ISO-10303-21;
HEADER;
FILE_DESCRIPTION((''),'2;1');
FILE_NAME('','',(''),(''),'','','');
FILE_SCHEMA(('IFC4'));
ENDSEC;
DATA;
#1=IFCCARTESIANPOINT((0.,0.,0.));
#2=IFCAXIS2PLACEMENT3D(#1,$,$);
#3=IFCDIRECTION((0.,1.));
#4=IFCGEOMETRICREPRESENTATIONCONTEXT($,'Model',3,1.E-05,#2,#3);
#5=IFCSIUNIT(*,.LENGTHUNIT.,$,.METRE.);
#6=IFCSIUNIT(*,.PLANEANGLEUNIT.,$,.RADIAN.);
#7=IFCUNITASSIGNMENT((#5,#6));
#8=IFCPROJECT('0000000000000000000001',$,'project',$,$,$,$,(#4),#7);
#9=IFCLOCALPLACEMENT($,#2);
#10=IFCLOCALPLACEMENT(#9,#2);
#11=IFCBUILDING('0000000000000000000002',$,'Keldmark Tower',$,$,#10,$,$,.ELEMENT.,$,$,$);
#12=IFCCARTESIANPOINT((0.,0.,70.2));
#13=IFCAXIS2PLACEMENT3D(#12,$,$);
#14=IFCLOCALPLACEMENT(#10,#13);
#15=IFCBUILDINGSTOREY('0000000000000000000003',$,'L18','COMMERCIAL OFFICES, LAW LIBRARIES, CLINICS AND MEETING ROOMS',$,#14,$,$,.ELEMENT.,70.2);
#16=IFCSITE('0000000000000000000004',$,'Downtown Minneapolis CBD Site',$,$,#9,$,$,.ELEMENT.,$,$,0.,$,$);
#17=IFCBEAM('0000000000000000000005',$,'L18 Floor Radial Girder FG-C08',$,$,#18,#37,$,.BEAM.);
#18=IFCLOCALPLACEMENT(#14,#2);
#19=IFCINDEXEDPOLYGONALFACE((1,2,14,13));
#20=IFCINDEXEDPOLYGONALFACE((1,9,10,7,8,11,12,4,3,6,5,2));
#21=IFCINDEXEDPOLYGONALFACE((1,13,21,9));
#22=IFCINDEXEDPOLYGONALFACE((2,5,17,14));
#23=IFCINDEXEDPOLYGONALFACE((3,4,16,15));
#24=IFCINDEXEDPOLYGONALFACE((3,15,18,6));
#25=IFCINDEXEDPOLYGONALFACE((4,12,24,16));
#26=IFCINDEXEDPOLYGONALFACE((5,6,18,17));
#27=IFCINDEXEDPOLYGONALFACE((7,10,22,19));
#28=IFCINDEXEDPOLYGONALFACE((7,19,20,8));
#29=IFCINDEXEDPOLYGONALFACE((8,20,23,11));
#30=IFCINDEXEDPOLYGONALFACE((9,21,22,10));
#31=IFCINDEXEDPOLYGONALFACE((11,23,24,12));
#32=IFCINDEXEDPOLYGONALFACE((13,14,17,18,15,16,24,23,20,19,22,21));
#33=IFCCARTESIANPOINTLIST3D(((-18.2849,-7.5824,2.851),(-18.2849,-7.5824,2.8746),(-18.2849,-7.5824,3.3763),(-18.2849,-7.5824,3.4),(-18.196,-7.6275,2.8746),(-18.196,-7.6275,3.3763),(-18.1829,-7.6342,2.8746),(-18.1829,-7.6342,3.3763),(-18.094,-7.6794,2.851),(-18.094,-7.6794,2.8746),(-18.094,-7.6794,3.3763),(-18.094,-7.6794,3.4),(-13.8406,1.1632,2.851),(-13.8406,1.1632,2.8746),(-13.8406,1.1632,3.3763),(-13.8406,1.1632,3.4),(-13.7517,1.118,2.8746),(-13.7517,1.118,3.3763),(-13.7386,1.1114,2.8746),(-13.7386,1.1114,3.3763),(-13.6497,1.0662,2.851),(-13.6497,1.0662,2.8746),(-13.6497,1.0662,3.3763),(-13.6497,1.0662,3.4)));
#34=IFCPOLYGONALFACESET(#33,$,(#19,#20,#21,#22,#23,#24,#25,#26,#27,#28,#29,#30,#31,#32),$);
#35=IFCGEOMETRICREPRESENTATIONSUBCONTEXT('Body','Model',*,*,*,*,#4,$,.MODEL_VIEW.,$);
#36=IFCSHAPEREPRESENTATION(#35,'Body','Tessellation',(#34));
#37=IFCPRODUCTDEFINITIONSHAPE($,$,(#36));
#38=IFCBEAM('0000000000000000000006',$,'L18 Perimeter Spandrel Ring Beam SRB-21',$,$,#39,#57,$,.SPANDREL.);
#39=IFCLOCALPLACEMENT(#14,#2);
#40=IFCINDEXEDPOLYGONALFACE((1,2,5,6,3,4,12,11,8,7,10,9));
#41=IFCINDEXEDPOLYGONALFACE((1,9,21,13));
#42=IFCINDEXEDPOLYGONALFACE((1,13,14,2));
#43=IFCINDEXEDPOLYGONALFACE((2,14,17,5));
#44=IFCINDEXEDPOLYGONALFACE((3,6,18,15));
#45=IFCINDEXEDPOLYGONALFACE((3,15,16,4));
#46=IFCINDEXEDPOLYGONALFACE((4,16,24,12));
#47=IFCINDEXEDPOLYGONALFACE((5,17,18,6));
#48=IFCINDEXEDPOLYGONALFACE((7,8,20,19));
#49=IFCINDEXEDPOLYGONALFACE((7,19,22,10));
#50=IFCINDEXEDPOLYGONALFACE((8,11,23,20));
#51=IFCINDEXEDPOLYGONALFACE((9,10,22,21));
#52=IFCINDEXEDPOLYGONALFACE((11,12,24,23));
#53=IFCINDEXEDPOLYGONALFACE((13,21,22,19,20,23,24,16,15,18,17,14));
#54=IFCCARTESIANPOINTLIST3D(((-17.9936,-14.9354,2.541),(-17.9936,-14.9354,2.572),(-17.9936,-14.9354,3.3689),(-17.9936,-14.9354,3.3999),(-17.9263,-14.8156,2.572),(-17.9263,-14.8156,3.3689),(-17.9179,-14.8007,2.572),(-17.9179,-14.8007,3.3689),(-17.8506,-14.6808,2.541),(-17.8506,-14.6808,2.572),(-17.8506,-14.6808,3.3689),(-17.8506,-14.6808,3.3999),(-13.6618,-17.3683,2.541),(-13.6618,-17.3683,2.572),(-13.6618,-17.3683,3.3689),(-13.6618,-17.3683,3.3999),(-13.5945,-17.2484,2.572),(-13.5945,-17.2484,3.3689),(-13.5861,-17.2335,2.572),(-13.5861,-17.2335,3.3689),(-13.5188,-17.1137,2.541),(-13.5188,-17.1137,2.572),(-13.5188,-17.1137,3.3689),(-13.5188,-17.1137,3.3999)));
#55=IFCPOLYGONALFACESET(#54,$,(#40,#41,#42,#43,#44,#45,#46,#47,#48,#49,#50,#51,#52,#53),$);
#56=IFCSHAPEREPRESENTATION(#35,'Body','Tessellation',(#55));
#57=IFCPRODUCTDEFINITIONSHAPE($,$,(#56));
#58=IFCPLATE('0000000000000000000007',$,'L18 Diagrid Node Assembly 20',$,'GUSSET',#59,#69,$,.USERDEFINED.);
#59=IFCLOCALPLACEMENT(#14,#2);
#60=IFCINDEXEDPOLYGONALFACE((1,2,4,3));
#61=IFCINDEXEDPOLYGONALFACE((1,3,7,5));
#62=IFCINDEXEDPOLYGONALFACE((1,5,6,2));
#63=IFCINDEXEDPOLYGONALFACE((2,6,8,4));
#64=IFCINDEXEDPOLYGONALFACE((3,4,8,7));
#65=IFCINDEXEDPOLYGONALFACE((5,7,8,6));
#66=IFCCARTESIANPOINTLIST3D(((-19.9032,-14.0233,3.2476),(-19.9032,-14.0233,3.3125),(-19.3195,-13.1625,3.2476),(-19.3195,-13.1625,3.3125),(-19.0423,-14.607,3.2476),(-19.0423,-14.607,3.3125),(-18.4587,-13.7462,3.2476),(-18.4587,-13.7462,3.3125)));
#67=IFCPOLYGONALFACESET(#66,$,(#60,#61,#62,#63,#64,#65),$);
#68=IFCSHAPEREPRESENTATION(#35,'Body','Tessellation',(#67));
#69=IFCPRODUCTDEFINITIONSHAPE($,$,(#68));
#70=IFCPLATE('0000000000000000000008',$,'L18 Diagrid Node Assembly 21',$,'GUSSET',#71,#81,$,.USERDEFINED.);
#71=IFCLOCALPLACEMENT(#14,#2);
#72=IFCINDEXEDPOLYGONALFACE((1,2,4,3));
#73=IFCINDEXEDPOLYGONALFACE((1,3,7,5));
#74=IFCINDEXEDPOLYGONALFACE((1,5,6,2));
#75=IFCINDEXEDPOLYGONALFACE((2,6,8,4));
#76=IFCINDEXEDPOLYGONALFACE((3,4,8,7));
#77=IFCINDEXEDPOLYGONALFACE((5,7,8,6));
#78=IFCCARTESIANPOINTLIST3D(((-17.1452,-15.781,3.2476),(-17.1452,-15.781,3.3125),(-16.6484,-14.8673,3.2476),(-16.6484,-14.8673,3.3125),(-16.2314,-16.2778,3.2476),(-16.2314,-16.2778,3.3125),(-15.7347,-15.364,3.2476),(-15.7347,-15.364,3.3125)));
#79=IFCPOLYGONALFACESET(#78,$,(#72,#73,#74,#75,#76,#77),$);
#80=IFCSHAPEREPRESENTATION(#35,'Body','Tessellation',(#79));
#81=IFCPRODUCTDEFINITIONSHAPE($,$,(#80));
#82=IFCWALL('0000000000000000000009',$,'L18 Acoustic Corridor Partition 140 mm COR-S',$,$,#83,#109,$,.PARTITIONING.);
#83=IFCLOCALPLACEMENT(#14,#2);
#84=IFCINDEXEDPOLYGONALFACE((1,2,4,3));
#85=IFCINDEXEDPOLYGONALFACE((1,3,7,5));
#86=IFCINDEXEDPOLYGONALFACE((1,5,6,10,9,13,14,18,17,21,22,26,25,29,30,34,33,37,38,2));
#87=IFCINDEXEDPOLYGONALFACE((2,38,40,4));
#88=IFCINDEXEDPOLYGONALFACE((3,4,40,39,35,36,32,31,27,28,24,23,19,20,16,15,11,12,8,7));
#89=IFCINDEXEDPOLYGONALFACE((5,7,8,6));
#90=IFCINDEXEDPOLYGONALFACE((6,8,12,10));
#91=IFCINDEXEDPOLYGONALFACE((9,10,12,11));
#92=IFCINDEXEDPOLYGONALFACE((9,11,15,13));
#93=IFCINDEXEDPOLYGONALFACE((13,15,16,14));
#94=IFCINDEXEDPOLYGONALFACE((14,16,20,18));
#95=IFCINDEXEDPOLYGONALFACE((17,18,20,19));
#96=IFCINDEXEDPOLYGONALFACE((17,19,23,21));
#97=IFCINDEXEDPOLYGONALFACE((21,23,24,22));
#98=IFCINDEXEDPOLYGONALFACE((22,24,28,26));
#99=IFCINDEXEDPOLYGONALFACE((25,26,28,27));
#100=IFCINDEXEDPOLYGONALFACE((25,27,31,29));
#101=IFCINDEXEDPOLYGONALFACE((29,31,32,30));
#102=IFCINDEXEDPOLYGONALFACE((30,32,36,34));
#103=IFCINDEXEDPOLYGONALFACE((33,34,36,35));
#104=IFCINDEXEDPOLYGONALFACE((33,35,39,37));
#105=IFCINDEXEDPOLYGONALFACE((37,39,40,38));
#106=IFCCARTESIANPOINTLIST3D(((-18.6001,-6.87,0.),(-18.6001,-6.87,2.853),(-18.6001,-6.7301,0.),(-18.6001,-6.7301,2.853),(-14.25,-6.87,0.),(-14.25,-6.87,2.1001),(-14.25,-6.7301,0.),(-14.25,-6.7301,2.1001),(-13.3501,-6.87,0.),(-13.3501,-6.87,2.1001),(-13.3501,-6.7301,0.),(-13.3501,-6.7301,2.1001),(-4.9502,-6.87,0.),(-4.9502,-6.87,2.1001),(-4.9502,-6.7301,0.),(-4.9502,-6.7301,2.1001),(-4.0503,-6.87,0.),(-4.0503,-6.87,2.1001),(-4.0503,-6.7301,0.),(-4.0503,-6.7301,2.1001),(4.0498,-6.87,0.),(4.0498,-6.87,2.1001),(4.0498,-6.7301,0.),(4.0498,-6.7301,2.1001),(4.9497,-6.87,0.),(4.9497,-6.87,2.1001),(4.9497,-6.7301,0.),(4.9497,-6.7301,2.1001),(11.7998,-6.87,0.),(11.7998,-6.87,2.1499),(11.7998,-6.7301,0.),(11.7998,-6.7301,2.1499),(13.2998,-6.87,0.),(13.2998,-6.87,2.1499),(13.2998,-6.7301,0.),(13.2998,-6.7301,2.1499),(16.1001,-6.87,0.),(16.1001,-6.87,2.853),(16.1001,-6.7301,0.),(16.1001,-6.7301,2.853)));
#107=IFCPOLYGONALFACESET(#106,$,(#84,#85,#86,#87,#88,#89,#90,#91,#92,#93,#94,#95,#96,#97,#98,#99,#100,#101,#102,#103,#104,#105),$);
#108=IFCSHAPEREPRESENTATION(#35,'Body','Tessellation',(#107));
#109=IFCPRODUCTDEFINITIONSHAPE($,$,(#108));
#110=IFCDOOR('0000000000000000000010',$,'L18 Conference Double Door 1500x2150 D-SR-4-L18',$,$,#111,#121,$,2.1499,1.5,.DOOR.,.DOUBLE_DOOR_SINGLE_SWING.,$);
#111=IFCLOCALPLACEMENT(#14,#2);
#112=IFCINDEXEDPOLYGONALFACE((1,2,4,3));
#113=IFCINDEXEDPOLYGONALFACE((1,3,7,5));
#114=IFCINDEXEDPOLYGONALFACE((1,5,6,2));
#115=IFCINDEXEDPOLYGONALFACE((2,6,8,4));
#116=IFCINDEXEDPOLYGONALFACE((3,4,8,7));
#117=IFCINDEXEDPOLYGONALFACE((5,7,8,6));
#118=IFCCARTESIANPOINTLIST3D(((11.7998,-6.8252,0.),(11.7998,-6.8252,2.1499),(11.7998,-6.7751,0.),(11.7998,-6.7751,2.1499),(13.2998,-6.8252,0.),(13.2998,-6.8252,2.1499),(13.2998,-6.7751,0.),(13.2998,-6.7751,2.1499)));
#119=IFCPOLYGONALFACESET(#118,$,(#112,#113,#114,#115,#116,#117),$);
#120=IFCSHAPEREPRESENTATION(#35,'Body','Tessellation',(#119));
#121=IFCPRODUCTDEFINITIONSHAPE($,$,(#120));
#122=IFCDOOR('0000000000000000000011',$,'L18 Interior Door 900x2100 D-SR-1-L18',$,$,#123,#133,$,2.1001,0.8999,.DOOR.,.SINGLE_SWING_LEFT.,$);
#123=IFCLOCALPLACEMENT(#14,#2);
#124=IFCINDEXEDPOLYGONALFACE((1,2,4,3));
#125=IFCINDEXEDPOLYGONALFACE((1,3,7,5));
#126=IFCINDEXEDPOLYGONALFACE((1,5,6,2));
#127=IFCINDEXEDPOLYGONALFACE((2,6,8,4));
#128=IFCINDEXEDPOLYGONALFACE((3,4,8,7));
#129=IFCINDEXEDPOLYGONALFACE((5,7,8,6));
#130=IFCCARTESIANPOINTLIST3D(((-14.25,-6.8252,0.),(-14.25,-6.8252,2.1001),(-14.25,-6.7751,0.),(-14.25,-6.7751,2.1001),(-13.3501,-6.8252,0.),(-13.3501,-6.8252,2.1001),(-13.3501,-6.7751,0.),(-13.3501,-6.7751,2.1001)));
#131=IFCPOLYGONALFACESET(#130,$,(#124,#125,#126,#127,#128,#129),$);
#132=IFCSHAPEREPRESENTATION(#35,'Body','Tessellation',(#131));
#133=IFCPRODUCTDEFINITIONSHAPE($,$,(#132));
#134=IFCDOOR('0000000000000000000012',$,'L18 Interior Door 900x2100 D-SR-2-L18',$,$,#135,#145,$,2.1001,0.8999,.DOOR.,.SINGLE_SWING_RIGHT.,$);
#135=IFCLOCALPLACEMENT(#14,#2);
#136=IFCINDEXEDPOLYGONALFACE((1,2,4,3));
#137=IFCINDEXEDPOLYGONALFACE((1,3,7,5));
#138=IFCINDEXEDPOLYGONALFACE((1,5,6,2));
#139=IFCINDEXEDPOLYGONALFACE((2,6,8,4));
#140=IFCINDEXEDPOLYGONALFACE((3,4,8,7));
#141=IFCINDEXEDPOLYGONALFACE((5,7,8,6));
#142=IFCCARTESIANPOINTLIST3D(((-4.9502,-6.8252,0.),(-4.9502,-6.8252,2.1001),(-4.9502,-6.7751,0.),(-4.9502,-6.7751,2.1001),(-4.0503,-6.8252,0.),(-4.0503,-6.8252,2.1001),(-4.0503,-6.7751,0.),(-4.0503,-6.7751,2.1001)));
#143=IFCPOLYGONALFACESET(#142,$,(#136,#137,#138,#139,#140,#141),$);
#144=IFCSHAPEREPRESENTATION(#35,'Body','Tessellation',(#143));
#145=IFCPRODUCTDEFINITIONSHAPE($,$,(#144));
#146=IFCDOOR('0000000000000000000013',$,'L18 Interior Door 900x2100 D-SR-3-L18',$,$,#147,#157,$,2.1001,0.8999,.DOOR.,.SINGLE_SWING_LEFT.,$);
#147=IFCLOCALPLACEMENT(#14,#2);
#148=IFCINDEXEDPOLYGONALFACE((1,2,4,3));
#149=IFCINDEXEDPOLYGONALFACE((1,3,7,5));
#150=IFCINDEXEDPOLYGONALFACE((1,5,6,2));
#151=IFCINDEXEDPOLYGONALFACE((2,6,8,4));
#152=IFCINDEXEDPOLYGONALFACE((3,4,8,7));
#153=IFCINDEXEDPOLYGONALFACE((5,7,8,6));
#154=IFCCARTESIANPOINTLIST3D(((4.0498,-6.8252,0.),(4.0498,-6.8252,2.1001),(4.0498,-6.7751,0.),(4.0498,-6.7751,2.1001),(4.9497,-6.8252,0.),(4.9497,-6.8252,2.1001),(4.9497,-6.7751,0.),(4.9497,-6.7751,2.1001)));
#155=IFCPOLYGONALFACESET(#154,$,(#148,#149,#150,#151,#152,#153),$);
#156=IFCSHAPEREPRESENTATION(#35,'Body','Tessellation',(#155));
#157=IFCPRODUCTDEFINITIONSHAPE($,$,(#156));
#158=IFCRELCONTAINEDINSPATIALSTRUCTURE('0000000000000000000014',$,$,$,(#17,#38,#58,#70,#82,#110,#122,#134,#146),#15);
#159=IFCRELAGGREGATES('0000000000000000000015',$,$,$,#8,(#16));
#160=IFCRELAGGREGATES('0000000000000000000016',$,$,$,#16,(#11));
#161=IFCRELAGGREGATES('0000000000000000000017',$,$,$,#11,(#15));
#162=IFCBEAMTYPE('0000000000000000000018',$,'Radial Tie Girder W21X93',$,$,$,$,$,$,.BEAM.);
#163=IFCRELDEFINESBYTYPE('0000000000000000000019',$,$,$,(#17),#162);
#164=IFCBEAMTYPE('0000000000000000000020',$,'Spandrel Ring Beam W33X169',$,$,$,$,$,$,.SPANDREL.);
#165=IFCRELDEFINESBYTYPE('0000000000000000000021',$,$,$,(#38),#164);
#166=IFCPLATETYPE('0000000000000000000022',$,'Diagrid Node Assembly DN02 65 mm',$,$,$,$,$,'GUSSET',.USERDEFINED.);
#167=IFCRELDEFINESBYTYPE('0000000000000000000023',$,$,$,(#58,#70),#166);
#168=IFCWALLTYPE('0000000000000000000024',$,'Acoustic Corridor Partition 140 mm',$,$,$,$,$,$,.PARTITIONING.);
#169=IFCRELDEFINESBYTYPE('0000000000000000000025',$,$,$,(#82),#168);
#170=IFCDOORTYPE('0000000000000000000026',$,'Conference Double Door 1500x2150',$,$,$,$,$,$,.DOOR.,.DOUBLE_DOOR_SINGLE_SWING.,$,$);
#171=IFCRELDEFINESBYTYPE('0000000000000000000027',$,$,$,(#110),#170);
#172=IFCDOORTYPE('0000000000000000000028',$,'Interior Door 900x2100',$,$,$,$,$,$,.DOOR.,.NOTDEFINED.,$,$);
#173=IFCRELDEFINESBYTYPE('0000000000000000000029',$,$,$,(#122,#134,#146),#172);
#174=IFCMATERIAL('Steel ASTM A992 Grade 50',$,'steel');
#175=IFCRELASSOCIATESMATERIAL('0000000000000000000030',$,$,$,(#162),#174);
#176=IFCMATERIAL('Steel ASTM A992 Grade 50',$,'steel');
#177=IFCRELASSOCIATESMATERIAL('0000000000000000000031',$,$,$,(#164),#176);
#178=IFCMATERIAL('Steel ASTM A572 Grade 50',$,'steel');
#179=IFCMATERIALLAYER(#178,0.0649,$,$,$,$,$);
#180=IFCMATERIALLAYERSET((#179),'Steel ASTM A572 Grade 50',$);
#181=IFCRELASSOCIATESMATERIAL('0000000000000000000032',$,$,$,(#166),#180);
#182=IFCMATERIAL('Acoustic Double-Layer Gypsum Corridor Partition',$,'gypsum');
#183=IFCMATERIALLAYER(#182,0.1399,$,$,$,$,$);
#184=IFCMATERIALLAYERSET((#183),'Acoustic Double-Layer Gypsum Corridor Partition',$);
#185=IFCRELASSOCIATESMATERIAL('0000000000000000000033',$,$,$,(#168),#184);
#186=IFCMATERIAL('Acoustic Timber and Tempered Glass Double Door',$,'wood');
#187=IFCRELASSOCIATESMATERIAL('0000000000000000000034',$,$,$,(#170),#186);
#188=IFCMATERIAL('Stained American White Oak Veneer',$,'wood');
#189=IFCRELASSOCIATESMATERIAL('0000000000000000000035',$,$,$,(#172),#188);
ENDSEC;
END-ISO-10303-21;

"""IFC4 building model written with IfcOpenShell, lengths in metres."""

from ifc_helpers import new_model, si_unit, direction, frame, frame_2d, origin, origin_2d, place, context, subcontext, project, spatial, rectangle, i_section, extrude, material, layer, layer_set, material_profile, profile_set, type_object, element, fill, save


model = new_model("IFC4")

# Units and contexts
model_context = context("Model", 3, precision=1e-05, world=origin(), true_north=direction((0.0, 1.0)))
body_context = subcontext(model_context, "Body", "Model", "MODEL_VIEW")
ifc_project = project(units=[si_unit("LENGTHUNIT", "METRE"), si_unit("PLANEANGLEUNIT", "RADIAN")], contexts=[model_context])

# Site, building, storey
site_placement = place(None, origin())
site = spatial("IfcSite", under=ifc_project, at=site_placement, Name="Downtown Minneapolis CBD Site", CompositionType="ELEMENT", RefElevation=0.0)
building_placement = place(site_placement, origin())
building = spatial("IfcBuilding", under=site, at=building_placement, Name="Keldmark Tower", CompositionType="ELEMENT")
storey_placement = place(building_placement, frame((0.0, 0.0, 70.2)))
storey = spatial("IfcBuildingStorey", under=building, at=storey_placement, Name="L18", Description="COMMERCIAL OFFICES, LAW LIBRARIES, CLINICS AND MEETING ROOMS", CompositionType="ELEMENT", Elevation=70.2)

# Beams
ifc_material_1 = material(Name="Steel ASTM A992 Grade 50", Category="steel")
ifc_material_profile_1 = material_profile(ifc_material_1, i_section(OverallWidth=0.2141, OverallDepth=0.5491, WebThickness=0.0146, FlangeThickness=0.0237, at=origin_2d()), Name="W21X93")
ifc_profile_set_1 = profile_set([ifc_material_profile_1], Name="Steel ASTM A992 Grade 50")
beam_type_1 = type_object("IfcBeamType", Name="Radial Tie Girder W21X93", PredefinedType="BEAM", material=ifc_profile_set_1)
beam_1_placement = place(storey_placement, frame((-18.1895, -7.6309, 3.1255), z_axis=(0.453038, 0.891491, 0.0), x_axis=(-0.891491, 0.453038, 0.0)))
element("IfcBeam", 1, at=beam_1_placement, inside=storey, type_object=beam_type_1, Name="L18 Floor Radial Girder FG-C08", PredefinedType="BEAM", context=body_context, shape_type="SweptSolid", body=[
    extrude(i_section(OverallWidth=0.2141, OverallDepth=0.5491, WebThickness=0.0146, FlangeThickness=0.0237, at=origin_2d()), origin(), (0.0, 0.0, 1.0), 9.8101),
])
ifc_material_2 = material(Name="Steel ASTM A992 Grade 50", Category="steel")
ifc_material_profile_2 = material_profile(ifc_material_2, i_section(OverallWidth=0.292, OverallDepth=0.8589, WebThickness=0.0171, FlangeThickness=0.031, at=origin_2d()), Name="W33X169")
ifc_profile_set_2 = profile_set([ifc_material_profile_2], Name="Steel ASTM A992 Grade 50")
beam_type_2 = type_object("IfcBeamType", Name="Spandrel Ring Beam W33X169", PredefinedType="SPANDREL", material=ifc_profile_set_2)
beam_2_placement = place(storey_placement, frame((-17.9221, -14.8081, 2.9705), z_axis=(0.871899, -0.489685, 0.0), x_axis=(0.489685, 0.871899, 0.0)))
element("IfcBeam", 2, at=beam_2_placement, inside=storey, type_object=beam_type_2, Name="L18 Perimeter Spandrel Ring Beam SRB-21", PredefinedType="SPANDREL", context=body_context, shape_type="SweptSolid", body=[
    extrude(i_section(OverallWidth=0.292, OverallDepth=0.8589, WebThickness=0.0171, FlangeThickness=0.031, at=origin_2d()), origin(), (0.0, 0.0, 1.0), 4.9683),
])

# Plates
ifc_material_3 = material(Name="Steel ASTM A572 Grade 50", Category="steel")
ifc_layer_1 = layer(ifc_material_3, 0.0649)
ifc_layer_set_1 = layer_set([ifc_layer_1], Name="Steel ASTM A572 Grade 50")
plate_type = type_object("IfcPlateType", Name="Diagrid Node Assembly DN02 65 mm", ElementType="GUSSET", PredefinedType="USERDEFINED", material=ifc_layer_set_1)
for number, where, z_axis, x_axis, name in (
    (3, (-19.1809, -13.8848, 3.2476), (0.0, 0.0, 1.0), (0.827669, -0.561217, 0.0), "L18 Diagrid Node Assembly 20"),
    (4, (-16.4399, -15.5725, 3.2476), (0.0, 0.0, 1.0), (0.878567, -0.477619, 0.0), "L18 Diagrid Node Assembly 21"),
):
    element("IfcPlate", number, at=place(storey_placement, frame(where, z_axis=z_axis, x_axis=x_axis)), inside=storey, type_object=plate_type, Name=name, ObjectType="GUSSET", PredefinedType="USERDEFINED", context=body_context, shape_type="SweptSolid", body=[
        extrude(rectangle(XDim=1.04, YDim=1.04, at=origin_2d()), origin(), (0.0, 0.0, 1.0), 0.0649),
    ])

# Wall, openings, doors
ifc_material_4 = material(Name="Acoustic Double-Layer Gypsum Corridor Partition", Category="gypsum")
ifc_layer_2 = layer(ifc_material_4, 0.1399)
ifc_layer_set_2 = layer_set([ifc_layer_2], Name="Acoustic Double-Layer Gypsum Corridor Partition")
wall_type_1 = type_object("IfcWallType", Name="Acoustic Corridor Partition 140 mm", PredefinedType="PARTITIONING", material=ifc_layer_set_2)
wall_1_placement = place(storey_placement, frame((-18.6001, -6.8, 0.0), z_axis=(0.0, 0.0, 1.0), x_axis=(1.0, 0.0, 0.0)))
wall_1 = element("IfcWall", 5, at=wall_1_placement, inside=storey, type_object=wall_type_1, Name="L18 Acoustic Corridor Partition 140 mm COR-S", PredefinedType="PARTITIONING", context=body_context, shape_type="SweptSolid", body=[
    extrude(rectangle(XDim=34.7002, YDim=0.1399, at=frame_2d((17.3501, 0.0))), origin(), (0.0, 0.0, 1.0), 2.853),
])
opening_1_placement = place(wall_1_placement, frame((4.3501, 0.0, 0.0)))
opening_1 = element("IfcOpeningElement", 6, at=opening_1_placement, cuts=wall_1, PredefinedType="OPENING", context=body_context, shape_type="SweptSolid", body=[
    extrude(rectangle(XDim=0.8999, YDim=2.1001, at=frame_2d((0.45, 1.05))), frame((0.0, 0.0798, 0.0), z_axis=(0.0, -1.0, 0.0), x_axis=(1.0, 0.0, 0.0)), (0.0, 0.0, 1.0), 0.1599),
])
opening_2_placement = place(wall_1_placement, frame((13.6499, 0.0, 0.0)))
opening_2 = element("IfcOpeningElement", 7, at=opening_2_placement, cuts=wall_1, PredefinedType="OPENING", context=body_context, shape_type="SweptSolid", body=[
    extrude(rectangle(XDim=0.8999, YDim=2.1001, at=frame_2d((0.45, 1.05))), frame((0.0, 0.0798, 0.0), z_axis=(0.0, -1.0, 0.0), x_axis=(1.0, 0.0, 0.0)), (0.0, 0.0, 1.0), 0.1599),
])
opening_3_placement = place(wall_1_placement, frame((22.6499, 0.0, 0.0)))
opening_3 = element("IfcOpeningElement", 8, at=opening_3_placement, cuts=wall_1, PredefinedType="OPENING", context=body_context, shape_type="SweptSolid", body=[
    extrude(rectangle(XDim=0.8999, YDim=2.1001, at=frame_2d((0.45, 1.05))), frame((0.0, 0.0798, 0.0), z_axis=(0.0, -1.0, 0.0), x_axis=(1.0, 0.0, 0.0)), (0.0, 0.0, 1.0), 0.1599),
])
opening_4_placement = place(wall_1_placement, frame((30.3999, 0.0, 0.0)))
opening_4 = element("IfcOpeningElement", 9, at=opening_4_placement, cuts=wall_1, PredefinedType="OPENING", context=body_context, shape_type="SweptSolid", body=[
    extrude(rectangle(XDim=1.5, YDim=2.1499, at=frame_2d((0.75, 1.075))), frame((0.0, 0.0798, 0.0), z_axis=(0.0, -1.0, 0.0), x_axis=(1.0, 0.0, 0.0)), (0.0, 0.0, 1.0), 0.1599),
])
ifc_material_5 = material(Name="Acoustic Timber and Tempered Glass Double Door", Category="wood")
door_type_1 = type_object("IfcDoorType", Name="Conference Double Door 1500x2150", OperationType="DOUBLE_DOOR_SINGLE_SWING", PredefinedType="DOOR", material=ifc_material_5)
door_1_placement = place(opening_4_placement, origin())
door_1 = element("IfcDoor", 10, at=door_1_placement, inside=storey, type_object=door_type_1, Name="L18 Conference Double Door 1500x2150 D-SR-4-L18", OperationType="DOUBLE_DOOR_SINGLE_SWING", OverallHeight=2.1499, OverallWidth=1.5, PredefinedType="DOOR", context=body_context, shape_type="SweptSolid", body=[
    extrude(rectangle(XDim=1.5, YDim=2.1499, at=frame_2d((0.75, 1.075))), frame((0.0, 0.0249, 0.0), z_axis=(0.0, -1.0, 0.0), x_axis=(1.0, 0.0, 0.0)), (0.0, 0.0, 1.0), 0.05),
])
fill(opening_4, door_1)
ifc_material_6 = material(Name="Stained American White Oak Veneer", Category="wood")
door_type_2 = type_object("IfcDoorType", Name="Interior Door 900x2100", OperationType="NOTDEFINED", PredefinedType="DOOR", material=ifc_material_6)
door_2_placement = place(opening_1_placement, origin())
door_2 = element("IfcDoor", 11, at=door_2_placement, inside=storey, type_object=door_type_2, Name="L18 Interior Door 900x2100 D-SR-1-L18", OperationType="SINGLE_SWING_LEFT", OverallHeight=2.1001, OverallWidth=0.8999, PredefinedType="DOOR", context=body_context, shape_type="SweptSolid", body=[
    extrude(rectangle(XDim=0.8999, YDim=2.1001, at=frame_2d((0.45, 1.05))), frame((0.0, 0.0249, 0.0), z_axis=(0.0, -1.0, 0.0), x_axis=(1.0, 0.0, 0.0)), (0.0, 0.0, 1.0), 0.05),
])
fill(opening_1, door_2)
door_3_placement = place(opening_2_placement, origin())
door_3 = element("IfcDoor", 12, at=door_3_placement, inside=storey, type_object=door_type_2, Name="L18 Interior Door 900x2100 D-SR-2-L18", OperationType="SINGLE_SWING_RIGHT", OverallHeight=2.1001, OverallWidth=0.8999, PredefinedType="DOOR", context=body_context, shape_type="SweptSolid", body=[
    extrude(rectangle(XDim=0.8999, YDim=2.1001, at=frame_2d((0.45, 1.05))), frame((0.0, 0.0249, 0.0), z_axis=(0.0, -1.0, 0.0), x_axis=(1.0, 0.0, 0.0)), (0.0, 0.0, 1.0), 0.05),
])
fill(opening_2, door_3)
door_4_placement = place(opening_3_placement, origin())
door_4 = element("IfcDoor", 13, at=door_4_placement, inside=storey, type_object=door_type_2, Name="L18 Interior Door 900x2100 D-SR-3-L18", OperationType="SINGLE_SWING_LEFT", OverallHeight=2.1001, OverallWidth=0.8999, PredefinedType="DOOR", context=body_context, shape_type="SweptSolid", body=[
    extrude(rectangle(XDim=0.8999, YDim=2.1001, at=frame_2d((0.45, 1.05))), frame((0.0, 0.0249, 0.0), z_axis=(0.0, -1.0, 0.0), x_axis=(1.0, 0.0, 0.0)), (0.0, 0.0, 1.0), 0.05),
])
fill(opening_3, door_4)

save(model, "model.ifc")
